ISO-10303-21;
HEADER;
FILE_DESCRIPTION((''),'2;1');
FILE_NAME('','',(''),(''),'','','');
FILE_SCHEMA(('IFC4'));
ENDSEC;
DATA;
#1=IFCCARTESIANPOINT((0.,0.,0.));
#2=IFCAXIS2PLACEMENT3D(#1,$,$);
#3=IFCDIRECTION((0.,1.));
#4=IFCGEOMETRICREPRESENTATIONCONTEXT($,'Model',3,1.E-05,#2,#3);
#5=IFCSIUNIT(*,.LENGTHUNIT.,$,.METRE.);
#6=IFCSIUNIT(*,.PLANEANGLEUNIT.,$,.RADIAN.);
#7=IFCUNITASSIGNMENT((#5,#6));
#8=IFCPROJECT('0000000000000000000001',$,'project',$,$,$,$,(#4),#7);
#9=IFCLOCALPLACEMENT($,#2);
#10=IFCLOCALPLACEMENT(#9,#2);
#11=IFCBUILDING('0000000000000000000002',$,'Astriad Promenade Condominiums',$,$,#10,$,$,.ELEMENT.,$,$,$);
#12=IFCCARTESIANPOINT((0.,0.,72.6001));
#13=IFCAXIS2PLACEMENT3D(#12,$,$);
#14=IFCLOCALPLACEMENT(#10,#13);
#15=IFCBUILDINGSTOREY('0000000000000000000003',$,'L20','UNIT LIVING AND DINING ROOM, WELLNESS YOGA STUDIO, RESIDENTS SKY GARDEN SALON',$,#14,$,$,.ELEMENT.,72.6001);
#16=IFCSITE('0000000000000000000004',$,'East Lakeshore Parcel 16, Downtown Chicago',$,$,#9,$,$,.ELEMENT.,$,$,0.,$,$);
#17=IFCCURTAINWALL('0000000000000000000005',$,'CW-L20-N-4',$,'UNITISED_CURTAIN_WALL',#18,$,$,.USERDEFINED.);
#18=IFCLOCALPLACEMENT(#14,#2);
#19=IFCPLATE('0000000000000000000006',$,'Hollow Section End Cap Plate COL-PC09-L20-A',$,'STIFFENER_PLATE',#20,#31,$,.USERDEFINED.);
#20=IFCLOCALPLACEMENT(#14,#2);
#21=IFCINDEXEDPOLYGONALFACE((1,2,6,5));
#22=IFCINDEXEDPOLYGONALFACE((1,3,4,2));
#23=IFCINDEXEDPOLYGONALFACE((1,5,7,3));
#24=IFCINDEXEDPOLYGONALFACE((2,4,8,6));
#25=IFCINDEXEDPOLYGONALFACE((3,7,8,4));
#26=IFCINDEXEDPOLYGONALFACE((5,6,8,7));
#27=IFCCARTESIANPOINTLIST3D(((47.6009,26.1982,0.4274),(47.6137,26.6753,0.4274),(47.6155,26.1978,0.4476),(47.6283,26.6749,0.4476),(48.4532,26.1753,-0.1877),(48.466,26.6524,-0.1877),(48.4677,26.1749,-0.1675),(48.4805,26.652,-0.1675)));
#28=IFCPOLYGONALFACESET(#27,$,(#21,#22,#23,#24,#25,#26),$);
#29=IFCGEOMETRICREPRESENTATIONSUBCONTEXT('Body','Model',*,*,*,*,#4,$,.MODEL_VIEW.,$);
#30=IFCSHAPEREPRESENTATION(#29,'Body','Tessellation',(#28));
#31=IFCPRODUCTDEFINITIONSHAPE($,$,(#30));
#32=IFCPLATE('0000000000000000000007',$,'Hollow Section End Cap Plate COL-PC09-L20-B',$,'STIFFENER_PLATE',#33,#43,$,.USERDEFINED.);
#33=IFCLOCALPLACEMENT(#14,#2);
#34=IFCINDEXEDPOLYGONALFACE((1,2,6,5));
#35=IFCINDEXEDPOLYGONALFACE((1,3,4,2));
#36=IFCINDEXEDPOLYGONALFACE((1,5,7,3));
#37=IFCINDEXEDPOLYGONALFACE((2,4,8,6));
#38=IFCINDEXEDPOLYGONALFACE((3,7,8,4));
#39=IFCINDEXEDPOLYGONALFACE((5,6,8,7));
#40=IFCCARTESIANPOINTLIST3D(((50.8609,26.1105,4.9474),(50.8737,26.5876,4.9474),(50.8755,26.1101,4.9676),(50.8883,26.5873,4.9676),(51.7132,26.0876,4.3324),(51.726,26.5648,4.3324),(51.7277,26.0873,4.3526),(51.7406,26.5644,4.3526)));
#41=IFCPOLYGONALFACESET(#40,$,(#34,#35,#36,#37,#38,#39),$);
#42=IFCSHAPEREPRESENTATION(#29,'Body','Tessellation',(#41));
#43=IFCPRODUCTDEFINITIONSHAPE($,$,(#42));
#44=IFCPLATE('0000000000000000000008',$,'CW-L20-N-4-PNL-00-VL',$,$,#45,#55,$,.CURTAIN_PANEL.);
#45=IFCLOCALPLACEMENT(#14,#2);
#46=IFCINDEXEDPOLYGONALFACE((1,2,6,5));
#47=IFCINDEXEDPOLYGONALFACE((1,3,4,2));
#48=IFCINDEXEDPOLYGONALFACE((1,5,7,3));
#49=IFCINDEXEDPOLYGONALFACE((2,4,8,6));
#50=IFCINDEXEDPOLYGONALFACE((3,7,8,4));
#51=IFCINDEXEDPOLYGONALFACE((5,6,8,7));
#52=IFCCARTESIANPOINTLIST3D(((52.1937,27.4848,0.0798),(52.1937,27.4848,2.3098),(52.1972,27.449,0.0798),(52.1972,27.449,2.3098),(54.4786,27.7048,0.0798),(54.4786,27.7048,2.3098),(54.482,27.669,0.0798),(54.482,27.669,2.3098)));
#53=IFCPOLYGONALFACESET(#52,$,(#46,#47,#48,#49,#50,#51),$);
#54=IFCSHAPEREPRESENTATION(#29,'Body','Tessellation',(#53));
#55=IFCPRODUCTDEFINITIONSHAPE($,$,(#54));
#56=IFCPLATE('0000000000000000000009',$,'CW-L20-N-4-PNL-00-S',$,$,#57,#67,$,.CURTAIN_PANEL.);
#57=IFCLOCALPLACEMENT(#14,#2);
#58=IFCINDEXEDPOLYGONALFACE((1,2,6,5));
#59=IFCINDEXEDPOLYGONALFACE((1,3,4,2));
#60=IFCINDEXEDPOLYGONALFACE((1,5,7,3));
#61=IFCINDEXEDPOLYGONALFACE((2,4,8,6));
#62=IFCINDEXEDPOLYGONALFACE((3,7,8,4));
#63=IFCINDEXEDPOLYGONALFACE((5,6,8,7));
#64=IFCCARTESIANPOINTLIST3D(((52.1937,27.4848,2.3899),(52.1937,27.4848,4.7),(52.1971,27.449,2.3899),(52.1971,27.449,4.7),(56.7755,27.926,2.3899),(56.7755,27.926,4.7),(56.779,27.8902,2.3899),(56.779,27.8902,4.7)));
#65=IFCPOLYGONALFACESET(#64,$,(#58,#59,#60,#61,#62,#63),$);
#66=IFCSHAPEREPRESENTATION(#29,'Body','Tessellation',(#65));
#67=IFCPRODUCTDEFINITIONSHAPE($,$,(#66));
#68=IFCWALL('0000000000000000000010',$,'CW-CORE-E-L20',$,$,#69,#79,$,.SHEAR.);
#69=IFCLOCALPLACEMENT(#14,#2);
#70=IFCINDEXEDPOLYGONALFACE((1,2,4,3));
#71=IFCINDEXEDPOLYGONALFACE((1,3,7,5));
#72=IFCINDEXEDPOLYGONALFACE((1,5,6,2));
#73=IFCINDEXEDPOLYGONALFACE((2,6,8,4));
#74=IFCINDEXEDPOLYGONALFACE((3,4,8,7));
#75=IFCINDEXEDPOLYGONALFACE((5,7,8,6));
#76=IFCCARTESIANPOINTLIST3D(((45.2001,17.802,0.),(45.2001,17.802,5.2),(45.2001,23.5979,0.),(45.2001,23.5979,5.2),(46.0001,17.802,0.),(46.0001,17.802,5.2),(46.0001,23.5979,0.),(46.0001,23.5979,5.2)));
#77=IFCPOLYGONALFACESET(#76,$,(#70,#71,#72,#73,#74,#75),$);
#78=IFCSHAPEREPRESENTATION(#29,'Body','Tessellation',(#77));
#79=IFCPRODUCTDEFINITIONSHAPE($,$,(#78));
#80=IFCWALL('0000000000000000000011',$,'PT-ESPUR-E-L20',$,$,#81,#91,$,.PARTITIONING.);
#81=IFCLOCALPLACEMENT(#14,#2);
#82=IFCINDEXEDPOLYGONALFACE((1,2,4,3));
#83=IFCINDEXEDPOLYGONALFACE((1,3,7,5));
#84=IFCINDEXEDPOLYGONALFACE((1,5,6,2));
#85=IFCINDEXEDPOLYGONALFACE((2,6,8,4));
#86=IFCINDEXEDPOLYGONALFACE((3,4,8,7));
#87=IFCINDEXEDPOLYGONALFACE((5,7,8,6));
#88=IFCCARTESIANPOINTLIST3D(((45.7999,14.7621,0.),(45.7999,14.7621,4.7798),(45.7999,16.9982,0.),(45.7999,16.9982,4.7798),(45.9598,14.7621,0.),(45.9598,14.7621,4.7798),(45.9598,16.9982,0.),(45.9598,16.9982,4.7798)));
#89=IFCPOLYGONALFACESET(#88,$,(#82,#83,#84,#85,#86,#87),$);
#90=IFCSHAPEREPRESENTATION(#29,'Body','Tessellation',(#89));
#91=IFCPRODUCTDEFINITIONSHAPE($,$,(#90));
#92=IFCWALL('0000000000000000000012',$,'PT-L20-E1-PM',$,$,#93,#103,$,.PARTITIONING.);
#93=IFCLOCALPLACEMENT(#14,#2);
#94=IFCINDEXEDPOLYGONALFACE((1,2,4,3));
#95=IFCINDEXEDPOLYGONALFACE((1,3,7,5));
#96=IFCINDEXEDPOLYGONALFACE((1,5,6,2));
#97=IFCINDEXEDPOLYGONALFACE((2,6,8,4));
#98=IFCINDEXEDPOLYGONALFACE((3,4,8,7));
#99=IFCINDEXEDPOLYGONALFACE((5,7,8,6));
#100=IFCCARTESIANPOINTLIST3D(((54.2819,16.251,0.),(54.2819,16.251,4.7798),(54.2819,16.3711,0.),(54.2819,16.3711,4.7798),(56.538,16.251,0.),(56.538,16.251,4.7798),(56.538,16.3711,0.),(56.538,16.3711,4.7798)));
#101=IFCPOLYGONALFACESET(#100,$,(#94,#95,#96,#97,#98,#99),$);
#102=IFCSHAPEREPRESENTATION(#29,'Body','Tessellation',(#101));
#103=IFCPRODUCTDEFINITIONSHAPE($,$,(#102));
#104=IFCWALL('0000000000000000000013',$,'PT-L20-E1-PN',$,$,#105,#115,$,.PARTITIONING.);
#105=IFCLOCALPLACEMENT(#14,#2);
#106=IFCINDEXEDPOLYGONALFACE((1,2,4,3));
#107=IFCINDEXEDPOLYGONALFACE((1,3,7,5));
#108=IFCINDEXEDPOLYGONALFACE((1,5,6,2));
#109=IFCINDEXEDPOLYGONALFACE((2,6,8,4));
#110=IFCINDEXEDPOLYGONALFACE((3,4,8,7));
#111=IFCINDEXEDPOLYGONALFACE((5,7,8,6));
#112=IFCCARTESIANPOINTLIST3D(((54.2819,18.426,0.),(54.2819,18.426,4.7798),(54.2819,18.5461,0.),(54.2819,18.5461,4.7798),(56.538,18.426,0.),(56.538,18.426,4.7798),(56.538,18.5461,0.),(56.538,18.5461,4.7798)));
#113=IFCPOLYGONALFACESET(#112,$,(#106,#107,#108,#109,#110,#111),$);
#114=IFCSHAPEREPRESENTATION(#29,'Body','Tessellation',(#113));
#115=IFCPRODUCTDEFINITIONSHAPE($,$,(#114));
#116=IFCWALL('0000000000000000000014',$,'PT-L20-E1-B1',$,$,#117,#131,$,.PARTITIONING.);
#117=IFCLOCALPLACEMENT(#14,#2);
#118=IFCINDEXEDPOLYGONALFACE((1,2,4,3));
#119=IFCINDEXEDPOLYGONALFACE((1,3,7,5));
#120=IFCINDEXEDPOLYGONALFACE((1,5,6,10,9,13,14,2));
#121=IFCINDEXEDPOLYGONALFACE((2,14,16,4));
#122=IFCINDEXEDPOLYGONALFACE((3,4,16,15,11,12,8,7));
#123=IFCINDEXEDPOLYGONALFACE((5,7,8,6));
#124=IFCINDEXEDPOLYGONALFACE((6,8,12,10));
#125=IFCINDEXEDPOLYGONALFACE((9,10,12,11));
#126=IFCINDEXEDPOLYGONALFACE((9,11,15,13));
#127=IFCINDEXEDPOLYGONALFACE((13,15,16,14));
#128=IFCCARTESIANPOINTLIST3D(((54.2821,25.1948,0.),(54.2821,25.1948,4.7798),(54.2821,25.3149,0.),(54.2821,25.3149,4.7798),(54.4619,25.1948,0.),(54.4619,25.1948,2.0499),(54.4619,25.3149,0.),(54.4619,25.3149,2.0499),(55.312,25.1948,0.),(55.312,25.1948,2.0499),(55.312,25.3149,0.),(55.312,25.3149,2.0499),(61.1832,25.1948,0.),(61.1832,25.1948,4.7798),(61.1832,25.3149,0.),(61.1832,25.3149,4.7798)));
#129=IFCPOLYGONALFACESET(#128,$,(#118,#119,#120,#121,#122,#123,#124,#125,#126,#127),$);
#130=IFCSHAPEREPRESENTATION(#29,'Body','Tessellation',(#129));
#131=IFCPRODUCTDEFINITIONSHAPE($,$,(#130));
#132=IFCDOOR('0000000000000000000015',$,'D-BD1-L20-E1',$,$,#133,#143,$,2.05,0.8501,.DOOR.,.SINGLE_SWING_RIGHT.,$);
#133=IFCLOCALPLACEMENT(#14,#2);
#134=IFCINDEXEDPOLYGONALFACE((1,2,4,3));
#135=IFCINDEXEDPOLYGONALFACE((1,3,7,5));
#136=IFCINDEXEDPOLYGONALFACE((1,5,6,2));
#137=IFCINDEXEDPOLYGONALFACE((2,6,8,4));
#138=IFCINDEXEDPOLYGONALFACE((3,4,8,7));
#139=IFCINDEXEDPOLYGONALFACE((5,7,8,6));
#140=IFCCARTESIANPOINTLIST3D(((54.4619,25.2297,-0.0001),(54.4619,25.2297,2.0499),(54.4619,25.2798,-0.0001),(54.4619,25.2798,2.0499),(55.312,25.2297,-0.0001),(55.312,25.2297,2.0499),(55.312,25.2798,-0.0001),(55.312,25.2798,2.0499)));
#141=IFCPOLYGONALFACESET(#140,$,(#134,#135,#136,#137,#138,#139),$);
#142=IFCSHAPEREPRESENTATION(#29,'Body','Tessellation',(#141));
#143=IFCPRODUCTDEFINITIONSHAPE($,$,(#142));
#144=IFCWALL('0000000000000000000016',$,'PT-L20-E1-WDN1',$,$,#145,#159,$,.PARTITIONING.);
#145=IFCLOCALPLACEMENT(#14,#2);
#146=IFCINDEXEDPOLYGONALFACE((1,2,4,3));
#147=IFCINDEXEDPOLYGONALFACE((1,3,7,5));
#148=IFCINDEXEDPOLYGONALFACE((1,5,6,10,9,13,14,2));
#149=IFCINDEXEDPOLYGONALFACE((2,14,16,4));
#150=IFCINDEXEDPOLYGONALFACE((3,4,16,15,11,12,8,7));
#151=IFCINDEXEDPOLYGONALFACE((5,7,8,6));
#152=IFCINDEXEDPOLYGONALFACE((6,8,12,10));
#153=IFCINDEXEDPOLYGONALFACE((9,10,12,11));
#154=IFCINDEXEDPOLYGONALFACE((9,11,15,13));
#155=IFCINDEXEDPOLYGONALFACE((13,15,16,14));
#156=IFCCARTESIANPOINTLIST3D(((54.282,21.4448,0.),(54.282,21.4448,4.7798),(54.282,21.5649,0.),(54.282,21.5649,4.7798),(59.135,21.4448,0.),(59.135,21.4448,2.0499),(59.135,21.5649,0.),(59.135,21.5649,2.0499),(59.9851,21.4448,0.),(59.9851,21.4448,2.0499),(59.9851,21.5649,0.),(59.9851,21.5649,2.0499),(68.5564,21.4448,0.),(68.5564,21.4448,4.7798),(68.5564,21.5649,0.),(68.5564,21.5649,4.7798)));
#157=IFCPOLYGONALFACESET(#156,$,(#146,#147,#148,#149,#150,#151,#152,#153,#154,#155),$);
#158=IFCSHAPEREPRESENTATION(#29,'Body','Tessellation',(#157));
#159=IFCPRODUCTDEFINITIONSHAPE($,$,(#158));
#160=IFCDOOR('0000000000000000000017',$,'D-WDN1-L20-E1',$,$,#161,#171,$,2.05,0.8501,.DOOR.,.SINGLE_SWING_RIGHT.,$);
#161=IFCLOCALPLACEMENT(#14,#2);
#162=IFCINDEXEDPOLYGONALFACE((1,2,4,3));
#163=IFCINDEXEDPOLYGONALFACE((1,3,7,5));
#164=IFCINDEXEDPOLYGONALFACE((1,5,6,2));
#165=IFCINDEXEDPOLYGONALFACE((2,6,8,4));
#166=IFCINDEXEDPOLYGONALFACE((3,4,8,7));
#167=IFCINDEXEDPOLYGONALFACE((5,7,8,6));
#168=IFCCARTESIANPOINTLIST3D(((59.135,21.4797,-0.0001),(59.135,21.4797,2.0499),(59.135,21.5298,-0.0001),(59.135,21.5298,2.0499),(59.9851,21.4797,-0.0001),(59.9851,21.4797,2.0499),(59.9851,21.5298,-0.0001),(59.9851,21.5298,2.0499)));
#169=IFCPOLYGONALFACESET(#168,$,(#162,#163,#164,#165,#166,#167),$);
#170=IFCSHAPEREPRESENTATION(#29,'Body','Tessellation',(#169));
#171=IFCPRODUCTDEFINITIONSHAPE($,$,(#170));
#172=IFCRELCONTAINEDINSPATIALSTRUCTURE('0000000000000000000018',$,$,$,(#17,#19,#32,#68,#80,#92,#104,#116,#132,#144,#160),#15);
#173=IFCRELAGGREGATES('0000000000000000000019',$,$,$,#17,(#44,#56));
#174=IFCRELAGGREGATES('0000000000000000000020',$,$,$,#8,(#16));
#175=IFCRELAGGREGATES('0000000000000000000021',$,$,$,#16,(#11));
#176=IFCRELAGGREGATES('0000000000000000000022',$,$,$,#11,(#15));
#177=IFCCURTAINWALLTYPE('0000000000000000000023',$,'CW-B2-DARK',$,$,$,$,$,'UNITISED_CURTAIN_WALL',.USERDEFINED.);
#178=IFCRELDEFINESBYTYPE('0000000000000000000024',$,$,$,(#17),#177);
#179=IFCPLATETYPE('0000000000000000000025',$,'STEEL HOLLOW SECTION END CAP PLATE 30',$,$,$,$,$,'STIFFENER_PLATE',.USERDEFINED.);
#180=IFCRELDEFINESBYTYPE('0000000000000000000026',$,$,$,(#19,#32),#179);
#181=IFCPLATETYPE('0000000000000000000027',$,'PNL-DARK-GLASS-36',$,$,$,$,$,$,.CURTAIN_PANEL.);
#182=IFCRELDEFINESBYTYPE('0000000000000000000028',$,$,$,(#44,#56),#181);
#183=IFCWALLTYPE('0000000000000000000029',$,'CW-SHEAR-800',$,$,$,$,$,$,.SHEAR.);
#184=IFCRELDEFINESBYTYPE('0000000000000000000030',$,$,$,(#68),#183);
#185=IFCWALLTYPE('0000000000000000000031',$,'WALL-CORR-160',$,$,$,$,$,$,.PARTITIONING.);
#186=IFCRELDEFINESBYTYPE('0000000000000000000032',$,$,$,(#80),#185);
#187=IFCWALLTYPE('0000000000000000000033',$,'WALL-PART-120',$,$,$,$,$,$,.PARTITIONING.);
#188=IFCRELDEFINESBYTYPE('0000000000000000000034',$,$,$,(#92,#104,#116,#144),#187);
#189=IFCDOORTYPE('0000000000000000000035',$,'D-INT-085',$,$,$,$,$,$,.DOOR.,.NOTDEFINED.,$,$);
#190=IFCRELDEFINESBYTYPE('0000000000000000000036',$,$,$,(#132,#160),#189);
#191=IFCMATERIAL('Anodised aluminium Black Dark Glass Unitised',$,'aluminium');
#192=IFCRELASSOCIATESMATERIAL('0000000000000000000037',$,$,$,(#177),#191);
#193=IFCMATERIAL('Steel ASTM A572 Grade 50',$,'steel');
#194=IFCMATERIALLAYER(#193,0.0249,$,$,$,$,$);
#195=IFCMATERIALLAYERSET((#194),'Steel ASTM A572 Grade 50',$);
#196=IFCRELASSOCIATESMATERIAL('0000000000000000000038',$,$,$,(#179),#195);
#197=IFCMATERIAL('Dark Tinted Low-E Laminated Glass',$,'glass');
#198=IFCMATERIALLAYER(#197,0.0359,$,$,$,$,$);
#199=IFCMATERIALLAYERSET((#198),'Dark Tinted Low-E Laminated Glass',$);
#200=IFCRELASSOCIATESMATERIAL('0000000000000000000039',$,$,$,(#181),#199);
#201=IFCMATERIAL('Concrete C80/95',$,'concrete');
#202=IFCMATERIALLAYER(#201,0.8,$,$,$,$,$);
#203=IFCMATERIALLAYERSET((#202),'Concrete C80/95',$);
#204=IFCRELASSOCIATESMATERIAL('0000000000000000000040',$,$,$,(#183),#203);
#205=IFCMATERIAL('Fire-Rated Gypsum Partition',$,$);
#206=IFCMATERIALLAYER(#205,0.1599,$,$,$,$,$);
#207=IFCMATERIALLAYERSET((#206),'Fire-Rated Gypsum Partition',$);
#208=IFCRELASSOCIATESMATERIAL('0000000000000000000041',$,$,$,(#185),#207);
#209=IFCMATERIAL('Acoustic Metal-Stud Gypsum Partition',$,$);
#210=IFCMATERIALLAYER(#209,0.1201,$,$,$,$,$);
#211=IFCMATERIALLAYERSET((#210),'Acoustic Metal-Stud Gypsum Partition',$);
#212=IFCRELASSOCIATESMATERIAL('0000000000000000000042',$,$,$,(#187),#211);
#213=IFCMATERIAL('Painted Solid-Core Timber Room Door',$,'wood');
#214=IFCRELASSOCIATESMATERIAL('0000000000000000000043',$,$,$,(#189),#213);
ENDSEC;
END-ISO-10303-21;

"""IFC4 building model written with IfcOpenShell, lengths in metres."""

from ifc_helpers import new_model, si_unit, direction, frame, frame_2d, origin, origin_2d, place, context, subcontext, project, spatial, rectangle, extrude, source, transform, mapped, material, layer, layer_set, type_object, type_shapes, element, fill, aggregate, save


model = new_model("IFC4")

# Units and contexts
model_context = context("Model", 3, precision=1e-05, world=origin(), true_north=direction((0.0, 1.0)))
body_context = subcontext(model_context, "Body", "Model", "MODEL_VIEW")
ifc_project = project(units=[si_unit("LENGTHUNIT", "METRE"), si_unit("PLANEANGLEUNIT", "RADIAN")], contexts=[model_context])

# Site, building, storey
site_placement = place(None, origin())
site = spatial("IfcSite", under=ifc_project, at=site_placement, Name="East Lakeshore Parcel 16, Downtown Chicago", CompositionType="ELEMENT", RefElevation=0.0)
building_placement = place(site_placement, origin())
building = spatial("IfcBuilding", under=site, at=building_placement, Name="Astriad Promenade Condominiums", CompositionType="ELEMENT")
storey_placement = place(building_placement, frame((0.0, 0.0, 72.6001)))
storey = spatial("IfcBuildingStorey", under=building, at=storey_placement, Name="L20", Description="UNIT LIVING AND DINING ROOM, WELLNESS YOGA STUDIO, RESIDENTS SKY GARDEN SALON", CompositionType="ELEMENT", Elevation=72.6001)

# Curtain wall
ifc_material_1 = material(Name="Anodised aluminium Black Dark Glass Unitised", Category="aluminium")
curtain_wall_type = type_object("IfcCurtainWallType", Name="CW-B2-DARK", ElementType="UNITISED_CURTAIN_WALL", PredefinedType="USERDEFINED", material=ifc_material_1)
curtain_wall_placement = place(storey_placement, origin())
curtain_wall = element("IfcCurtainWall", 1, at=curtain_wall_placement, inside=storey, type_object=curtain_wall_type, Name="CW-L20-N-4", ObjectType="UNITISED_CURTAIN_WALL", PredefinedType="USERDEFINED")

# Plates
ifc_material_2 = material(Name="Steel ASTM A572 Grade 50", Category="steel")
ifc_layer_1 = layer(ifc_material_2, 0.0249)
ifc_layer_set_1 = layer_set([ifc_layer_1], Name="Steel ASTM A572 Grade 50")
plate_type_1 = type_object("IfcPlateType", Name="STEEL HOLLOW SECTION END CAP PLATE 30", ElementType="STIFFENER_PLATE", PredefinedType="USERDEFINED", material=ifc_layer_set_1)
shared_shape_1 = source(origin(), body_context, "Body", "SweptSolid", [
    extrude(rectangle(XDim=0.4773, YDim=1.0513, at=origin_2d()), origin(), (0.0, 0.0, 1.0), 0.0249),
])
type_shapes(plate_type_1, [shared_shape_1])
for number, where, z_axis, x_axis, name in (
    (2, (48.0334, 26.4253, 0.1199), (0.584862, -0.015697, 0.810981), (0.026829, 0.99964, 0.0), "Hollow Section End Cap Plate COL-PC09-L20-A"),
    (3, (51.2935, 26.3376, 4.6399), (0.584862, -0.015697, 0.810981), (0.026829, 0.99964, 0.0), "Hollow Section End Cap Plate COL-PC09-L20-B"),
):
    element("IfcPlate", number, at=place(storey_placement, frame(where, z_axis=z_axis, x_axis=x_axis)), inside=storey, type_object=plate_type_1, Name=name, ObjectType="STIFFENER_PLATE", PredefinedType="USERDEFINED", context=body_context, shape_type="MappedRepresentation", body=[
        mapped(shared_shape_1, transform((0.0, 0.0, 0.0), scale=1.0)),
    ])

# Plates
ifc_material_3 = material(Name="Dark Tinted Low-E Laminated Glass", Category="glass")
ifc_layer_2 = layer(ifc_material_3, 0.0359)
ifc_layer_set_2 = layer_set([ifc_layer_2], Name="Dark Tinted Low-E Laminated Glass")
plate_type_2 = type_object("IfcPlateType", Name="PNL-DARK-GLASS-36", PredefinedType="CURTAIN_PANEL", material=ifc_layer_set_2)
shared_shape_2 = source(origin(), body_context, "Body", "SweptSolid", [
    extrude(rectangle(XDim=2.2954, YDim=0.0359, at=origin_2d()), origin(), (0.0, 0.0, 1.0), 2.23),
])
plate_1_placement = place(storey_placement, frame((53.3379, 27.5769, 0.0798), z_axis=(0.0, 0.0, 1.0), x_axis=(0.995396, 0.095846, 0.0)))
plate_1 = element("IfcPlate", 4, at=plate_1_placement, type_object=plate_type_2, Name="CW-L20-N-4-PNL-00-VL", PredefinedType="CURTAIN_PANEL", context=body_context, shape_type="MappedRepresentation", body=[
    mapped(shared_shape_2, transform((0.0, 0.0, 0.0), scale=1.0)),
])
shared_shape_3 = source(origin(), body_context, "Body", "SweptSolid", [
    extrude(rectangle(XDim=4.603, YDim=0.0359, at=origin_2d()), origin(), (0.0, 0.0, 1.0), 2.3101),
])
type_shapes(plate_type_2, [shared_shape_2, shared_shape_3])
plate_2_placement = place(storey_placement, frame((54.4863, 27.6875, 2.3899), z_axis=(0.0, 0.0, 1.0), x_axis=(0.995396, 0.095846, 0.0)))
plate_2 = element("IfcPlate", 5, at=plate_2_placement, type_object=plate_type_2, Name="CW-L20-N-4-PNL-00-S", PredefinedType="CURTAIN_PANEL", context=body_context, shape_type="MappedRepresentation", body=[
    mapped(shared_shape_3, transform((0.0, 0.0, 0.0), scale=1.0)),
])
aggregate(curtain_wall, [plate_1, plate_2])

# Walls
ifc_material_4 = material(Name="Concrete C80/95", Category="concrete")
ifc_layer_3 = layer(ifc_material_4, 0.8)
ifc_layer_set_3 = layer_set([ifc_layer_3], Name="Concrete C80/95")
wall_type_1 = type_object("IfcWallType", Name="CW-SHEAR-800", PredefinedType="SHEAR", material=ifc_layer_set_3)
wall_1_placement = place(storey_placement, frame((45.6001, 17.802, 0.0), z_axis=(0.0, 0.0, 1.0), x_axis=(0.0, 1.0, 0.0)))
element("IfcWall", 6, at=wall_1_placement, inside=storey, type_object=wall_type_1, Name="CW-CORE-E-L20", PredefinedType="SHEAR", context=body_context, shape_type="SweptSolid", body=[
    extrude(rectangle(XDim=5.7959, YDim=0.8, at=frame_2d((2.8979, 0.0))), origin(), (0.0, 0.0, 1.0), 5.2),
])
ifc_material_5 = material(Name="Fire-Rated Gypsum Partition")
ifc_layer_4 = layer(ifc_material_5, 0.1599)
ifc_layer_set_4 = layer_set([ifc_layer_4], Name="Fire-Rated Gypsum Partition")
wall_type_2 = type_object("IfcWallType", Name="WALL-CORR-160", PredefinedType="PARTITIONING", material=ifc_layer_set_4)
wall_2_placement = place(storey_placement, frame((45.8799, 14.762, 0.0), z_axis=(0.0, 0.0, 1.0), x_axis=(0.0, 1.0, 0.0)))
element("IfcWall", 7, at=wall_2_placement, inside=storey, type_object=wall_type_2, Name="PT-ESPUR-E-L20", PredefinedType="PARTITIONING", context=body_context, shape_type="SweptSolid", body=[
    extrude(rectangle(XDim=2.2361, YDim=0.1599, at=frame_2d((1.1182, 0.0))), origin(), (0.0, 0.0, 1.0), 4.7798),
])
ifc_material_6 = material(Name="Acoustic Metal-Stud Gypsum Partition")
ifc_layer_5 = layer(ifc_material_6, 0.1201)
ifc_layer_set_5 = layer_set([ifc_layer_5], Name="Acoustic Metal-Stud Gypsum Partition")
wall_type_3 = type_object("IfcWallType", Name="WALL-PART-120", PredefinedType="PARTITIONING", material=ifc_layer_set_5)
for number, where, z_axis, x_axis, name in (
    (8, (54.282, 16.311, 0.0), (0.0, 0.0, 1.0), (1.0, 0.0, 0.0), "PT-L20-E1-PM"),
    (9, (54.282, 18.4861, 0.0), (0.0, 0.0, 1.0), (1.0, 0.0, 0.0), "PT-L20-E1-PN"),
):
    element("IfcWall", number, at=place(storey_placement, frame(where, z_axis=z_axis, x_axis=x_axis)), inside=storey, type_object=wall_type_3, Name=name, PredefinedType="PARTITIONING", context=body_context, shape_type="SweptSolid", body=[
        extrude(rectangle(XDim=2.2561, YDim=0.1201, at=frame_2d((1.1279, 0.0))), origin(), (0.0, 0.0, 1.0), 4.7798),
    ])

# Walls, openings, doors
wall_3_placement = place(storey_placement, frame((54.282, 25.2549, 0.0), z_axis=(0.0, 0.0, 1.0), x_axis=(1.0, 0.0, 0.0)))
wall_3 = element("IfcWall", 10, at=wall_3_placement, inside=storey, type_object=wall_type_3, Name="PT-L20-E1-B1", PredefinedType="PARTITIONING", context=body_context, shape_type="SweptSolid", body=[
    extrude(rectangle(XDim=6.9011, YDim=0.1201, at=frame_2d((3.4507, 0.0))), origin(), (0.0, 0.0, 1.0), 4.7798),
])
opening_1_placement = place(wall_3_placement, frame((0.1799, 0.0, 0.0)))
opening_1 = element("IfcOpeningElement", 11, at=opening_1_placement, cuts=wall_3, PredefinedType="OPENING", context=body_context, shape_type="SweptSolid", body=[
    extrude(rectangle(XDim=0.8501, YDim=2.05, at=frame_2d((0.425, 1.0249))), frame((0.0, 0.0701, 0.0), z_axis=(0.0, -1.0, 0.0), x_axis=(1.0, 0.0, 0.0)), (0.0, 0.0, 1.0), 0.1401),
])
ifc_material_7 = material(Name="Painted Solid-Core Timber Room Door", Category="wood")
door_type = type_object("IfcDoorType", Name="D-INT-085", OperationType="NOTDEFINED", PredefinedType="DOOR", material=ifc_material_7)
shared_shape_4 = source(origin(), body_context, "Body", "SweptSolid", [
    extrude(rectangle(XDim=0.8501, YDim=2.05, at=frame_2d((0.425, 1.0249))), frame((0.0, 0.0249, 0.0), z_axis=(0.0, -1.0, 0.0), x_axis=(1.0, 0.0, 0.0)), (0.0, 0.0, 1.0), 0.05),
])
type_shapes(door_type, [shared_shape_4])
door_1_placement = place(opening_1_placement, origin())
door_1 = element("IfcDoor", 12, at=door_1_placement, inside=storey, type_object=door_type, Name="D-BD1-L20-E1", OperationType="SINGLE_SWING_RIGHT", OverallHeight=2.05, OverallWidth=0.8501, PredefinedType="DOOR", context=body_context, shape_type="MappedRepresentation", body=[
    mapped(shared_shape_4, transform((0.0, 0.0, 0.0), scale=1.0)),
])
fill(opening_1, door_1)
wall_4_placement = place(storey_placement, frame((54.282, 21.5049, 0.0), z_axis=(0.0, 0.0, 1.0), x_axis=(1.0, 0.0, 0.0)))
wall_4 = element("IfcWall", 13, at=wall_4_placement, inside=storey, type_object=wall_type_3, Name="PT-L20-E1-WDN1", PredefinedType="PARTITIONING", context=body_context, shape_type="SweptSolid", body=[
    extrude(rectangle(XDim=14.2744, YDim=0.1201, at=frame_2d((7.1372, 0.0))), origin(), (0.0, 0.0, 1.0), 4.7798),
])
opening_2_placement = place(wall_4_placement, frame((4.853, 0.0, 0.0)))
opening_2 = element("IfcOpeningElement", 14, at=opening_2_placement, cuts=wall_4, PredefinedType="OPENING", context=body_context, shape_type="SweptSolid", body=[
    extrude(rectangle(XDim=0.8501, YDim=2.05, at=frame_2d((0.425, 1.0249))), frame((0.0, 0.0701, 0.0), z_axis=(0.0, -1.0, 0.0), x_axis=(1.0, 0.0, 0.0)), (0.0, 0.0, 1.0), 0.1401),
])
door_2_placement = place(opening_2_placement, origin())
door_2 = element("IfcDoor", 15, at=door_2_placement, inside=storey, type_object=door_type, Name="D-WDN1-L20-E1", OperationType="SINGLE_SWING_RIGHT", OverallHeight=2.05, OverallWidth=0.8501, PredefinedType="DOOR", context=body_context, shape_type="MappedRepresentation", body=[
    mapped(shared_shape_4, transform((0.0, 0.0, 0.0), scale=1.0)),
])
fill(opening_2, door_2)

save(model, "model.ifc")
